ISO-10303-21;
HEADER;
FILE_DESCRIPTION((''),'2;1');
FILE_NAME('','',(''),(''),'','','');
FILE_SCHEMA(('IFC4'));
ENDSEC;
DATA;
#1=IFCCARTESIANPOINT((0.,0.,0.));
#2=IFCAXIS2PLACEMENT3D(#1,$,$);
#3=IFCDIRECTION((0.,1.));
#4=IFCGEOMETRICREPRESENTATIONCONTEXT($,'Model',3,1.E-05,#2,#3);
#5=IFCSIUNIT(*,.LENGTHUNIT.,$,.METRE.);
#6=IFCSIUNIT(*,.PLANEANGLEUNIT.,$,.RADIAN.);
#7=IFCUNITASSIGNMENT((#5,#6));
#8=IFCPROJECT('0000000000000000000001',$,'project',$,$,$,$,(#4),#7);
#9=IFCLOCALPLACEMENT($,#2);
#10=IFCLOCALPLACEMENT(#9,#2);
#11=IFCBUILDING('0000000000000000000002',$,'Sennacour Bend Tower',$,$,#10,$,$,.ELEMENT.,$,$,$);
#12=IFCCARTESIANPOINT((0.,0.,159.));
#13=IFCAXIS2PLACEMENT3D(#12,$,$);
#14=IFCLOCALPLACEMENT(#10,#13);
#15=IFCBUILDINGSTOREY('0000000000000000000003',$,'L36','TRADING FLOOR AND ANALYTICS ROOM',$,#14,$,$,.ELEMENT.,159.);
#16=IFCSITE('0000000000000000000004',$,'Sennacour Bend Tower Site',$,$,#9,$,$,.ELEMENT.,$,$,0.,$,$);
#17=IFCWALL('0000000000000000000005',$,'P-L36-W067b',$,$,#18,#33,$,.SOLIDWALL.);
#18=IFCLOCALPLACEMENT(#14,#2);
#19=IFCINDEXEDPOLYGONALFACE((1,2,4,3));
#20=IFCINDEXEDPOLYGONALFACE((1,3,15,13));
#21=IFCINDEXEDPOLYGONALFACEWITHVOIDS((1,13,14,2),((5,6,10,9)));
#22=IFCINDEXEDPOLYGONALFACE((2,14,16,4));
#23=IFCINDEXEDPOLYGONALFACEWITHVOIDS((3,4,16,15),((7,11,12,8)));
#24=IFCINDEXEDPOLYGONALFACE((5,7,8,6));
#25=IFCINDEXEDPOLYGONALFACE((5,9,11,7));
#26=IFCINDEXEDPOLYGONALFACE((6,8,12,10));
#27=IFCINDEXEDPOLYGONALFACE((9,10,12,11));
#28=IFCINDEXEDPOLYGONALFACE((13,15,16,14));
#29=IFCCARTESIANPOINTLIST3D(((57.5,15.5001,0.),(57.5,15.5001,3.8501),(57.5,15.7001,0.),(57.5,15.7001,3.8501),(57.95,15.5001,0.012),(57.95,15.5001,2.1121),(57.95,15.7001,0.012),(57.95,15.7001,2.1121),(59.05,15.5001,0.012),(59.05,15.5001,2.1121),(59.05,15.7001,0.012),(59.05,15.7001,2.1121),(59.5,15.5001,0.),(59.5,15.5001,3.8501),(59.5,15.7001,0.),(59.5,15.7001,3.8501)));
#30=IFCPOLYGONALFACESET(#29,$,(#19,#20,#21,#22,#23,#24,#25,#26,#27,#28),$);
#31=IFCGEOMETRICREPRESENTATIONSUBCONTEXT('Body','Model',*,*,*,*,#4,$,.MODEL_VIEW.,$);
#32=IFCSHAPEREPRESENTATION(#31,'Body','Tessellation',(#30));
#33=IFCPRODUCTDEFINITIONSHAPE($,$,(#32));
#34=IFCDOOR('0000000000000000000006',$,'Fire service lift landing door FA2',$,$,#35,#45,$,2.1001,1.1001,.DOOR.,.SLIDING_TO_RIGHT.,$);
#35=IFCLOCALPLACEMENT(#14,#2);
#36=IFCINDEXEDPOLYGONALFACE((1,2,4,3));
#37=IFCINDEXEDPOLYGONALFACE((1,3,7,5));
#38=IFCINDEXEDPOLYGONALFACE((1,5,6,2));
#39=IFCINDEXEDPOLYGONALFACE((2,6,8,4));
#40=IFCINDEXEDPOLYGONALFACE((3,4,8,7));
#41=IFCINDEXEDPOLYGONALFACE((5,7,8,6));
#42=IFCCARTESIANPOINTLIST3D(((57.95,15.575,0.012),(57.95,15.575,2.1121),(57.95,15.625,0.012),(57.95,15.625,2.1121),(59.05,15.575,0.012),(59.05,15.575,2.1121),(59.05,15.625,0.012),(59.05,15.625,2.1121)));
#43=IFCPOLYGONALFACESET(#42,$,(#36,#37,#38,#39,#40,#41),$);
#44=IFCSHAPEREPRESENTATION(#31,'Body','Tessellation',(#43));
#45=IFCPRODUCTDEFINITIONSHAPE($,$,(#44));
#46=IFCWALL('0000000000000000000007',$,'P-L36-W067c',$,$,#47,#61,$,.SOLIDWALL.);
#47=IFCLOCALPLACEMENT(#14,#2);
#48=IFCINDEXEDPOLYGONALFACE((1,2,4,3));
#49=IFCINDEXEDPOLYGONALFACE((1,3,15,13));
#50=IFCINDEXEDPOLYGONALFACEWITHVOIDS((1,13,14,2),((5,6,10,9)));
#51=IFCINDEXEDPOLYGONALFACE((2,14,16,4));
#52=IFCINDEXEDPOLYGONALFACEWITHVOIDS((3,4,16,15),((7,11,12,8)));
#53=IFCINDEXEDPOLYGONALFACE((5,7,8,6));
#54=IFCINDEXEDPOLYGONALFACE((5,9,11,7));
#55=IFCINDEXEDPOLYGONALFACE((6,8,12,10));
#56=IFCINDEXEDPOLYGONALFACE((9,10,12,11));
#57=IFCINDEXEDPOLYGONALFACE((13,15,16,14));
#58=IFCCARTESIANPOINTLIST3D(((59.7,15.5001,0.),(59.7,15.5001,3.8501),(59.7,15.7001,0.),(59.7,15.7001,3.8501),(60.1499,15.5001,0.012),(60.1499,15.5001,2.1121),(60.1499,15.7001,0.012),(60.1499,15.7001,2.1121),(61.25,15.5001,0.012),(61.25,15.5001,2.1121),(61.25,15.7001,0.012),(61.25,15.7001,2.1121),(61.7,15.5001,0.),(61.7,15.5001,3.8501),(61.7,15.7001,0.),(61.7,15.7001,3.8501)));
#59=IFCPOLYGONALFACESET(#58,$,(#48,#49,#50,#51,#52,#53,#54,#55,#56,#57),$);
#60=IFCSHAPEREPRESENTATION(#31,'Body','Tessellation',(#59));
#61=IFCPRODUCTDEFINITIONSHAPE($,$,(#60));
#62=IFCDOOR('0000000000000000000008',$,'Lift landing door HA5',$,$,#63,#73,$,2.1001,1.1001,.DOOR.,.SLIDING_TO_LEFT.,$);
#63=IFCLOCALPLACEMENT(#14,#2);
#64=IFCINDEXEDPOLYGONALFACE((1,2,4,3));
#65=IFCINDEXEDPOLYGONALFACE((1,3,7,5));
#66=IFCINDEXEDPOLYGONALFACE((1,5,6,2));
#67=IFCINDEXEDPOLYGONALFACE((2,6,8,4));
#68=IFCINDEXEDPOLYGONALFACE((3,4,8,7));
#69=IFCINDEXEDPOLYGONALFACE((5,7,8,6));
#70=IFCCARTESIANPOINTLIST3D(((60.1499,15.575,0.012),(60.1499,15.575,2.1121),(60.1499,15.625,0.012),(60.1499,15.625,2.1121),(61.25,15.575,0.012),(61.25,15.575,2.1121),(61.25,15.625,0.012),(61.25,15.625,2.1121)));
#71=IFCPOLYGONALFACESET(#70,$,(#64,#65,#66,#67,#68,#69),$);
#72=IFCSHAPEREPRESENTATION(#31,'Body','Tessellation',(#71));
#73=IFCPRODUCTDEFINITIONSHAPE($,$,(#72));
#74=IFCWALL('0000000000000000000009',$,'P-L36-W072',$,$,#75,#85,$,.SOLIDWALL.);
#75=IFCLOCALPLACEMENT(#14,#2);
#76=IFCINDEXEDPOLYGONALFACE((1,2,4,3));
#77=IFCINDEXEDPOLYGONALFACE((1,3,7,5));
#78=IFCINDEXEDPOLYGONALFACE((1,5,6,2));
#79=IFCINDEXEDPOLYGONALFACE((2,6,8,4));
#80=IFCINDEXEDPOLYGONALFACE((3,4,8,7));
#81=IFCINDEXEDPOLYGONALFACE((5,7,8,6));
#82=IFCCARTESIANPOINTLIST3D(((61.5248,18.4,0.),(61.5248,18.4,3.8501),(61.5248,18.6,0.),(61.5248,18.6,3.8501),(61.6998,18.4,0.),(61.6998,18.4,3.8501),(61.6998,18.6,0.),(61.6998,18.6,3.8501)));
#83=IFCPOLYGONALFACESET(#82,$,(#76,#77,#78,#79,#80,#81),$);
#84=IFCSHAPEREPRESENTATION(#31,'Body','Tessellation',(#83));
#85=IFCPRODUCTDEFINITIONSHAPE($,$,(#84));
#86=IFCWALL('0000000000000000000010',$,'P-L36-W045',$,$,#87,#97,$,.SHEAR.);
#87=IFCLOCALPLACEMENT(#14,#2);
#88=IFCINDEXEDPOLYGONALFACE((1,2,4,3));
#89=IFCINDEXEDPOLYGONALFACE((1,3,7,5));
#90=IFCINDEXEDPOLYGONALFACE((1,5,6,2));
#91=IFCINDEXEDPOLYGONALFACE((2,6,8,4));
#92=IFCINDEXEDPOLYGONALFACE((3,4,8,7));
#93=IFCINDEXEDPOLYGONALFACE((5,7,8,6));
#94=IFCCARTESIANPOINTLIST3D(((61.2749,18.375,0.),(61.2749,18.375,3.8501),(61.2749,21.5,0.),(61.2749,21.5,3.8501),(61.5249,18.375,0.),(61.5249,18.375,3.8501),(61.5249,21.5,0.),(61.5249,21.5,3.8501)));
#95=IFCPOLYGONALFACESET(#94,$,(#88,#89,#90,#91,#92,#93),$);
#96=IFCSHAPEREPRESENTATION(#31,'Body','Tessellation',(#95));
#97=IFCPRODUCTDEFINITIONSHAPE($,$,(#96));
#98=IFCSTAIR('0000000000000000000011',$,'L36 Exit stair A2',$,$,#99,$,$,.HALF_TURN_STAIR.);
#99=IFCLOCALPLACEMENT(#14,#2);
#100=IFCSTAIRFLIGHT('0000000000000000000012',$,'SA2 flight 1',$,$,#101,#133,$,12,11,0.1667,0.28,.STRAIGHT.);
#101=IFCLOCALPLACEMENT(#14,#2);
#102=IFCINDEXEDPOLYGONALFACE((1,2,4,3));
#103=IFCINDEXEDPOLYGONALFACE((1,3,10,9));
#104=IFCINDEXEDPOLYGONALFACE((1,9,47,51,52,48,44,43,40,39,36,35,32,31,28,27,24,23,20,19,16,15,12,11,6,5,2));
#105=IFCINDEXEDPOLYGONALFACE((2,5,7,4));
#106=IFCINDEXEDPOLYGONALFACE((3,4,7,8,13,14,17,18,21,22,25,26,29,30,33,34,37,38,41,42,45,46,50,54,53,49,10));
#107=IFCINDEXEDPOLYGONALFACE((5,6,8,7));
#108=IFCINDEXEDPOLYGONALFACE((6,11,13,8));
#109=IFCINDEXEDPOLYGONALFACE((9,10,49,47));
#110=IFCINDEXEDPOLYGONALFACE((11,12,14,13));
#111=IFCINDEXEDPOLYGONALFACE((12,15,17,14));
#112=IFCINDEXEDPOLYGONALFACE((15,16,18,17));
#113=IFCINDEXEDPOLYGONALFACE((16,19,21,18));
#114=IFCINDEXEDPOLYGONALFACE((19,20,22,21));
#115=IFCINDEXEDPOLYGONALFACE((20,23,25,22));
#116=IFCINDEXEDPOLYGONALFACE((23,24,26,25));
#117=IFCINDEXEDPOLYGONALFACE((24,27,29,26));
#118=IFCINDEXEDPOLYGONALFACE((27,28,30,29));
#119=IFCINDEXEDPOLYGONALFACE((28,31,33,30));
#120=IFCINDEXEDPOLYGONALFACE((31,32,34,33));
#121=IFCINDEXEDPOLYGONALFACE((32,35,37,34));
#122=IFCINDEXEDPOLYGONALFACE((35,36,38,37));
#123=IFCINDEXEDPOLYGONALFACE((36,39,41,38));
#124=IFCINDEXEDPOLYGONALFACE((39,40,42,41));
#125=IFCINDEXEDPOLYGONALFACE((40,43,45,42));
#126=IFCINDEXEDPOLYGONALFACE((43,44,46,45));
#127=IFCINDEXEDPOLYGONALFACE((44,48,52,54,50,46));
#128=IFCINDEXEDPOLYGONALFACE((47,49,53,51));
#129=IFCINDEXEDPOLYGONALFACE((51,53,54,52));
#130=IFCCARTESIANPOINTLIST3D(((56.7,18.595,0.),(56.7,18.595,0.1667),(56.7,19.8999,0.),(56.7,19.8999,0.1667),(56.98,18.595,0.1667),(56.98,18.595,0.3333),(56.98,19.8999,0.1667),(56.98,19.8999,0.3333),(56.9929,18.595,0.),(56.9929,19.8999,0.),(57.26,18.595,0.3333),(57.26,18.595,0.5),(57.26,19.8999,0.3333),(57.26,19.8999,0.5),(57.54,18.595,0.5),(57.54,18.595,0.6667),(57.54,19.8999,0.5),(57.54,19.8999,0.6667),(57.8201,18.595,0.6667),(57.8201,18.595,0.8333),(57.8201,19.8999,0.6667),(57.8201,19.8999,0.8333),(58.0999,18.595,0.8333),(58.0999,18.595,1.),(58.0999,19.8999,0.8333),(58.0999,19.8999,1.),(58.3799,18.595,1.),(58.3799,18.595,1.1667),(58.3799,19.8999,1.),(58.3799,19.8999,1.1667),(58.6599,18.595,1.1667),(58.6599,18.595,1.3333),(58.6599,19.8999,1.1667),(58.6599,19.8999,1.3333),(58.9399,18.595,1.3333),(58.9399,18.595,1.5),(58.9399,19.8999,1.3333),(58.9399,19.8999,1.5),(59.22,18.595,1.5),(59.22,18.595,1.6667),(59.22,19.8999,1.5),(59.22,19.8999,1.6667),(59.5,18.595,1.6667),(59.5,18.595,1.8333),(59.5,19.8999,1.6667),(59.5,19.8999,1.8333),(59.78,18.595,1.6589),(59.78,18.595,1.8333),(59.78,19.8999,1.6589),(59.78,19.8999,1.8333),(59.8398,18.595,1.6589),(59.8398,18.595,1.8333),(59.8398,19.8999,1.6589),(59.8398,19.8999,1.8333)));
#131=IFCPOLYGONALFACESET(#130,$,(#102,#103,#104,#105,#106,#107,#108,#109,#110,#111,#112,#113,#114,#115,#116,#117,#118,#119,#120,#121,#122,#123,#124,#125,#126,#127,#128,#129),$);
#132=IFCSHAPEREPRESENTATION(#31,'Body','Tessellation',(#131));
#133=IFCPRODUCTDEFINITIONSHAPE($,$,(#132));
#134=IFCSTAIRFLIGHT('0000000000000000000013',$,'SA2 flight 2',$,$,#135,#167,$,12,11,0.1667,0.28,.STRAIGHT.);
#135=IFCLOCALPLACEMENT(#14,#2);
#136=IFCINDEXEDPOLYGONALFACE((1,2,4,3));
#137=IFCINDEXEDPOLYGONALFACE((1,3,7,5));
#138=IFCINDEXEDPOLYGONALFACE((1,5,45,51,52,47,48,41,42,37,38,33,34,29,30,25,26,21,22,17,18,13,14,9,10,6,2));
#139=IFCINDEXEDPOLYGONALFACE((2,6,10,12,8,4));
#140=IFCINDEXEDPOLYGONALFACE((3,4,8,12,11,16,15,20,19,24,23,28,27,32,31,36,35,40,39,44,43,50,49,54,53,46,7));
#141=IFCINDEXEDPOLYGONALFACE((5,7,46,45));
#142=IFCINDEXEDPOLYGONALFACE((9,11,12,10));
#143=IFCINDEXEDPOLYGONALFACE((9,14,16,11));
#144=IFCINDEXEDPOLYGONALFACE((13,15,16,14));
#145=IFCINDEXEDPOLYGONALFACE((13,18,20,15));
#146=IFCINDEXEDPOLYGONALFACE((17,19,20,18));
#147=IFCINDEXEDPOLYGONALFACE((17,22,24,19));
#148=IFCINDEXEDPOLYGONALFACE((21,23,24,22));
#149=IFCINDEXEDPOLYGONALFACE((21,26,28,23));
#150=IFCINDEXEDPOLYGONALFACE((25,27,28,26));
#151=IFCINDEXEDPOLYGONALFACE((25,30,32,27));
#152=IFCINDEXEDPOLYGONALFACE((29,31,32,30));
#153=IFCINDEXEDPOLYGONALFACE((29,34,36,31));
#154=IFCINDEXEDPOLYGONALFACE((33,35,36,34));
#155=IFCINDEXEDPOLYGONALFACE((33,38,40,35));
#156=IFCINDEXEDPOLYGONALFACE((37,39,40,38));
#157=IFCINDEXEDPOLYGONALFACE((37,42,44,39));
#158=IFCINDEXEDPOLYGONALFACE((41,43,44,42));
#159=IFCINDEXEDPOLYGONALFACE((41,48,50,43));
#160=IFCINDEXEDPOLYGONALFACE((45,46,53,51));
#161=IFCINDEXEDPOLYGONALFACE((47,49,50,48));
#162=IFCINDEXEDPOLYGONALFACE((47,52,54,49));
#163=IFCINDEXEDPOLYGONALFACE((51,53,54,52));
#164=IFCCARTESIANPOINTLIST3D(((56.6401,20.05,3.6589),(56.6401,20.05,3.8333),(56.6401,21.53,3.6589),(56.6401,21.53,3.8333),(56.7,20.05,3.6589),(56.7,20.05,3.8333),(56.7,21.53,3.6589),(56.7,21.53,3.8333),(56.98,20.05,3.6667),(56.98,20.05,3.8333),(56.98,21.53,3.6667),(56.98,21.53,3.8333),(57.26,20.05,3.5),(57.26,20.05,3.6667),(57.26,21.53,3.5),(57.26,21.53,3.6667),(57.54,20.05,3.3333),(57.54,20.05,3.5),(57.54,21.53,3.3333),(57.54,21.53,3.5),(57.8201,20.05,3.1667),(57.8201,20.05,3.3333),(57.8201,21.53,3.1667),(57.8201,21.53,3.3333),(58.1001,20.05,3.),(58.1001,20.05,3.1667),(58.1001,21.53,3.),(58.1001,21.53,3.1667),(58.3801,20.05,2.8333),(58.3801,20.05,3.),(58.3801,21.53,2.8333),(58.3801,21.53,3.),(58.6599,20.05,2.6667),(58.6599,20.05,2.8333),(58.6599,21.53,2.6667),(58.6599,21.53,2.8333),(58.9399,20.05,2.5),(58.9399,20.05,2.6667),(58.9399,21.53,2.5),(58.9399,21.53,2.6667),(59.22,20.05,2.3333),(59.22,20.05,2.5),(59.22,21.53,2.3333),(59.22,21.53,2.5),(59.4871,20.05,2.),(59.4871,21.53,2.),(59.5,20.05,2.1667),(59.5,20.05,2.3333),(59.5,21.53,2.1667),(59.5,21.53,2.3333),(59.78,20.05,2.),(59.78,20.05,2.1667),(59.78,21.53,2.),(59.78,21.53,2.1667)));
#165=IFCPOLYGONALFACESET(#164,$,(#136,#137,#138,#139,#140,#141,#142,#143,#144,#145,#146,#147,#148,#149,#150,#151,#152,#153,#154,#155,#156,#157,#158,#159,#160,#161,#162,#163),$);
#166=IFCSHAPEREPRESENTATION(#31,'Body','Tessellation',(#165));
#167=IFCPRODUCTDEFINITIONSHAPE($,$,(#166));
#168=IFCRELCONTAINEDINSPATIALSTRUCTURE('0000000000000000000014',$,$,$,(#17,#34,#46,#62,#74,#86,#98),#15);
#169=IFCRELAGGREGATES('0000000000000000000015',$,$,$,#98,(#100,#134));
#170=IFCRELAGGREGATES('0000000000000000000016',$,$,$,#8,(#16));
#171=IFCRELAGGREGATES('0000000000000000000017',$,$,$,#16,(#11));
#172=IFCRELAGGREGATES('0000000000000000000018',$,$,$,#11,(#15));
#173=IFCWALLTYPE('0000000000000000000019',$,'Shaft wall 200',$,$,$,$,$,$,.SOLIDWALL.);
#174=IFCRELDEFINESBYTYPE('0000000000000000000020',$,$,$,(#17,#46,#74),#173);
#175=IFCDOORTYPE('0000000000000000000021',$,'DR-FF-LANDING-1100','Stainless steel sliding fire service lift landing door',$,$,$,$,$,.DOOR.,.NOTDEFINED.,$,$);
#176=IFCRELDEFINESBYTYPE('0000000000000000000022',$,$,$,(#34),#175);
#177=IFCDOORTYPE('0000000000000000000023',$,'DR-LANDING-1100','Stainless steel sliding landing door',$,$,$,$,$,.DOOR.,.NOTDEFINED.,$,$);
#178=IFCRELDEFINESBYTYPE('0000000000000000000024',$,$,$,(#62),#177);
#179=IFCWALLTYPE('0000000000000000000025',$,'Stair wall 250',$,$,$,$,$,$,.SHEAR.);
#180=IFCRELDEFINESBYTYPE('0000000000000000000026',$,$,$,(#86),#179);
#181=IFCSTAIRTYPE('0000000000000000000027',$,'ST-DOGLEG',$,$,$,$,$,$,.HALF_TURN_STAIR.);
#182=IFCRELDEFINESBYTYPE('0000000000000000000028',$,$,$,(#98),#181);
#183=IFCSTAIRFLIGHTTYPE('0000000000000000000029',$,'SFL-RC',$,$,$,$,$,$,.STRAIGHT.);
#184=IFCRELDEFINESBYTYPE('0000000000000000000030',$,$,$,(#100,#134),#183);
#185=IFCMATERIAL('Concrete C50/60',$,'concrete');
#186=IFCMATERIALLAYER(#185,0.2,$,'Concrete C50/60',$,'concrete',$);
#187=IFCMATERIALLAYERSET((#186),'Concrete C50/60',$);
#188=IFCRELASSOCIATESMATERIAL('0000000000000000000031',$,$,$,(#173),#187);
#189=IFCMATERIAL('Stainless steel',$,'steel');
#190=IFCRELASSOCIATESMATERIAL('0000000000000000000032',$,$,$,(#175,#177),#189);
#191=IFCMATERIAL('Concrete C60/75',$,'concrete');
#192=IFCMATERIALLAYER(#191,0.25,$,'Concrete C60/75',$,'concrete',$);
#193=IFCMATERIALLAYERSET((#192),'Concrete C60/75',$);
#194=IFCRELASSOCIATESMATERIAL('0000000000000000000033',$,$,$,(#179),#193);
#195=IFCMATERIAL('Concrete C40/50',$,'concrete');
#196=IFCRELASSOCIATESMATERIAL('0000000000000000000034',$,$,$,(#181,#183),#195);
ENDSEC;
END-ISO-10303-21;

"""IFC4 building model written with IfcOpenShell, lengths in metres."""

from ifc_helpers import new_model, si_unit, direction, frame, frame_2d, origin, place, context, subcontext, project, spatial, polyline, rectangle, outline, extrude, material, layer, layer_set, type_object, element, fill, aggregate, save


model = new_model("IFC4")

# Units and contexts
model_context = context("Model", 3, precision=1e-05, world=origin(), true_north=direction((0.0, 1.0)))
body_context = subcontext(model_context, "Body", "Model", "MODEL_VIEW")
ifc_project = project(units=[si_unit("LENGTHUNIT", "METRE"), si_unit("PLANEANGLEUNIT", "RADIAN")], contexts=[model_context])

# Site, building, storey
site_placement = place(None, origin())
site = spatial("IfcSite", under=ifc_project, at=site_placement, Name="Sennacour Bend Tower Site", CompositionType="ELEMENT", RefElevation=0.0)
building_placement = place(site_placement, origin())
building = spatial("IfcBuilding", under=site, at=building_placement, Name="Sennacour Bend Tower", CompositionType="ELEMENT")
storey_placement = place(building_placement, frame((0.0, 0.0, 159.0)))
storey = spatial("IfcBuildingStorey", under=building, at=storey_placement, Name="L36", Description="TRADING FLOOR AND ANALYTICS ROOM", CompositionType="ELEMENT", Elevation=159.0)

# Shared definitions
ifc_material_1 = material(Name="Concrete C50/60", Category="concrete")
ifc_layer_1 = layer(ifc_material_1, 0.2, Name="Concrete C50/60", Category="concrete")
ifc_layer_set_1 = layer_set([ifc_layer_1], Name="Concrete C50/60")
wall_type_1 = type_object("IfcWallType", Name="Shaft wall 200", PredefinedType="SOLIDWALL", material=ifc_layer_set_1)

# Walls, openings, doors
wall_1_placement = place(storey_placement, frame((57.5, 15.6001, 0.0), z_axis=(0.0, 0.0, 1.0), x_axis=(1.0, 0.0, 0.0)))
wall_1 = element("IfcWall", 1, at=wall_1_placement, inside=storey, type_object=wall_type_1, Name="P-L36-W067b", PredefinedType="SOLIDWALL", context=body_context, shape_type="SweptSolid", body=[
    extrude(rectangle(XDim=2.0, YDim=0.2, at=frame_2d((1.0, 0.0))), origin(), (0.0, 0.0, 1.0), 3.8501),
])
opening_1_placement = place(wall_1_placement, frame((0.45, 0.0, 0.012)))
opening_1 = element("IfcOpeningElement", 2, at=opening_1_placement, cuts=wall_1, PredefinedType="OPENING", context=body_context, shape_type="SweptSolid", body=[
    extrude(rectangle(XDim=1.1001, YDim=2.1001, at=frame_2d((0.55, 1.05))), frame((0.0, 0.1099, 0.0), z_axis=(0.0, -1.0, 0.0), x_axis=(1.0, 0.0, 0.0)), (0.0, 0.0, 1.0), 0.22),
])
ifc_material_2 = material(Name="Stainless steel", Category="steel")
door_type_1 = type_object("IfcDoorType", Name="DR-FF-LANDING-1100", Description="Stainless steel sliding fire service lift landing door", OperationType="NOTDEFINED", PredefinedType="DOOR", material=ifc_material_2)
door_1_placement = place(opening_1_placement, origin())
door_1 = element("IfcDoor", 3, at=door_1_placement, inside=storey, type_object=door_type_1, Name="Fire service lift landing door FA2", OperationType="SLIDING_TO_RIGHT", OverallHeight=2.1001, OverallWidth=1.1001, PredefinedType="DOOR", context=body_context, shape_type="SweptSolid", body=[
    extrude(rectangle(XDim=1.1001, YDim=2.1001, at=frame_2d((0.55, 1.05))), frame((0.0, 0.0249, 0.0), z_axis=(0.0, -1.0, 0.0), x_axis=(1.0, 0.0, 0.0)), (0.0, 0.0, 1.0), 0.05),
])
fill(opening_1, door_1)
wall_2_placement = place(storey_placement, frame((59.7, 15.6001, 0.0), z_axis=(0.0, 0.0, 1.0), x_axis=(1.0, 0.0, 0.0)))
wall_2 = element("IfcWall", 4, at=wall_2_placement, inside=storey, type_object=wall_type_1, Name="P-L36-W067c", PredefinedType="SOLIDWALL", context=body_context, shape_type="SweptSolid", body=[
    extrude(rectangle(XDim=2.0, YDim=0.2, at=frame_2d((1.0, 0.0))), origin(), (0.0, 0.0, 1.0), 3.8501),
])
opening_2_placement = place(wall_2_placement, frame((0.45, 0.0, 0.012)))
opening_2 = element("IfcOpeningElement", 5, at=opening_2_placement, cuts=wall_2, PredefinedType="OPENING", context=body_context, shape_type="SweptSolid", body=[
    extrude(rectangle(XDim=1.1001, YDim=2.1001, at=frame_2d((0.55, 1.05))), frame((0.0, 0.1099, 0.0), z_axis=(0.0, -1.0, 0.0), x_axis=(1.0, 0.0, 0.0)), (0.0, 0.0, 1.0), 0.22),
])
door_type_2 = type_object("IfcDoorType", Name="DR-LANDING-1100", Description="Stainless steel sliding landing door", OperationType="NOTDEFINED", PredefinedType="DOOR", material=ifc_material_2)
door_2_placement = place(opening_2_placement, origin())
door_2 = element("IfcDoor", 6, at=door_2_placement, inside=storey, type_object=door_type_2, Name="Lift landing door HA5", OperationType="SLIDING_TO_LEFT", OverallHeight=2.1001, OverallWidth=1.1001, PredefinedType="DOOR", context=body_context, shape_type="SweptSolid", body=[
    extrude(rectangle(XDim=1.1001, YDim=2.1001, at=frame_2d((0.55, 1.05))), frame((0.0, 0.0249, 0.0), z_axis=(0.0, -1.0, 0.0), x_axis=(1.0, 0.0, 0.0)), (0.0, 0.0, 1.0), 0.05),
])
fill(opening_2, door_2)

# Walls
wall_3_placement = place(storey_placement, frame((61.5249, 18.5, 0.0), z_axis=(0.0, 0.0, 1.0), x_axis=(1.0, 0.0, 0.0)))
element("IfcWall", 7, at=wall_3_placement, inside=storey, type_object=wall_type_1, Name="P-L36-W072", PredefinedType="SOLIDWALL", context=body_context, shape_type="SweptSolid", body=[
    extrude(rectangle(XDim=0.175, YDim=0.2, at=frame_2d((0.0874, 0.0))), origin(), (0.0, 0.0, 1.0), 3.8501),
])
ifc_material_3 = material(Name="Concrete C60/75", Category="concrete")
ifc_layer_2 = layer(ifc_material_3, 0.25, Name="Concrete C60/75", Category="concrete")
ifc_layer_set_2 = layer_set([ifc_layer_2], Name="Concrete C60/75")
wall_type_2 = type_object("IfcWallType", Name="Stair wall 250", PredefinedType="SHEAR", material=ifc_layer_set_2)
wall_4_placement = place(storey_placement, frame((61.3999, 18.375, 0.0), z_axis=(0.0, 0.0, 1.0), x_axis=(0.0, 1.0, 0.0)))
element("IfcWall", 8, at=wall_4_placement, inside=storey, type_object=wall_type_2, Name="P-L36-W045", PredefinedType="SHEAR", context=body_context, shape_type="SweptSolid", body=[
    extrude(rectangle(XDim=3.125, YDim=0.25, at=frame_2d((1.5625, 0.0))), origin(), (0.0, 0.0, 1.0), 3.8501),
])

# Stair, stair flights
ifc_material_4 = material(Name="Concrete C40/50", Category="concrete")
stair_type = type_object("IfcStairType", Name="ST-DOGLEG", PredefinedType="HALF_TURN_STAIR", material=ifc_material_4)
stair_placement = place(storey_placement, origin())
stair = element("IfcStair", 9, at=stair_placement, inside=storey, type_object=stair_type, Name="L36 Exit stair A2", PredefinedType="HALF_TURN_STAIR")
stair_flight_type = type_object("IfcStairFlightType", Name="SFL-RC", PredefinedType="STRAIGHT", material=ifc_material_4)
stair_flight_1_placement = place(storey_placement, frame((56.7, 19.2476, 0.0), z_axis=(0.0, 0.0, 1.0), x_axis=(1.0, 0.0, 0.0)))
stair_flight_1 = element("IfcStairFlight", 10, at=stair_flight_1_placement, type_object=stair_flight_type, Name="SA2 flight 1", NumberOfRisers=12, NumberOfTreads=11, PredefinedType="STRAIGHT", RiserHeight=0.1667, TreadLength=0.28, context=body_context, shape_type="SweptSolid", body=[
    extrude(outline(polyline([(0.0, 0.0), (0.0, 0.1667), (0.28, 0.1667), (0.28, 0.3333), (0.5601, 0.3333), (0.5601, 0.5), (0.8401, 0.5), (0.8401, 0.6667), (1.1201, 0.6667), (1.1201, 0.8333), (1.3999, 0.8333), (1.3999, 1.0), (1.6799, 1.0), (1.6799, 1.1667), (1.96, 1.1667), (1.96, 1.3333), (2.24, 1.3333), (2.24, 1.5), (2.52, 1.5), (2.52, 1.6667), (2.8, 1.6667), (2.8, 1.8333), (3.0801, 1.8333), (3.1399, 1.8333), (3.1399, 1.6589), (3.0801, 1.6589), (0.293, 0.0), (0.0, 0.0)])), frame((0.0, 0.6523, 0.0), z_axis=(0.0, -1.0, 0.0), x_axis=(1.0, 0.0, 0.0)), (0.0, 0.0, 1.0), 1.3049),
])
stair_flight_2_placement = place(storey_placement, frame((59.78, 20.79, 2.0), z_axis=(0.0, 0.0, 1.0), x_axis=(-1.0, 0.0, 0.0)))
stair_flight_2 = element("IfcStairFlight", 11, at=stair_flight_2_placement, type_object=stair_flight_type, Name="SA2 flight 2", NumberOfRisers=12, NumberOfTreads=11, PredefinedType="STRAIGHT", RiserHeight=0.1667, TreadLength=0.28, context=body_context, shape_type="SweptSolid", body=[
    extrude(outline(polyline([(0.0, 0.0), (0.0, 0.1667), (0.28, 0.1667), (0.28, 0.3333), (0.5601, 0.3333), (0.5601, 0.5), (0.8401, 0.5), (0.8401, 0.6667), (1.1201, 0.6667), (1.1201, 0.8333), (1.3999, 0.8333), (1.3999, 1.0), (1.6799, 1.0), (1.6799, 1.1667), (1.96, 1.1667), (1.96, 1.3333), (2.24, 1.3333), (2.24, 1.5), (2.52, 1.5), (2.52, 1.6667), (2.8, 1.6667), (2.8, 1.8333), (3.0801, 1.8333), (3.1399, 1.8333), (3.1399, 1.6589), (3.0801, 1.6589), (0.293, 0.0), (0.0, 0.0)])), frame((0.0, 0.74, 0.0), z_axis=(0.0, -1.0, 0.0), x_axis=(1.0, 0.0, 0.0)), (0.0, 0.0, 1.0), 1.48),
])
aggregate(stair, [stair_flight_1, stair_flight_2])

save(model, "model.ifc")
